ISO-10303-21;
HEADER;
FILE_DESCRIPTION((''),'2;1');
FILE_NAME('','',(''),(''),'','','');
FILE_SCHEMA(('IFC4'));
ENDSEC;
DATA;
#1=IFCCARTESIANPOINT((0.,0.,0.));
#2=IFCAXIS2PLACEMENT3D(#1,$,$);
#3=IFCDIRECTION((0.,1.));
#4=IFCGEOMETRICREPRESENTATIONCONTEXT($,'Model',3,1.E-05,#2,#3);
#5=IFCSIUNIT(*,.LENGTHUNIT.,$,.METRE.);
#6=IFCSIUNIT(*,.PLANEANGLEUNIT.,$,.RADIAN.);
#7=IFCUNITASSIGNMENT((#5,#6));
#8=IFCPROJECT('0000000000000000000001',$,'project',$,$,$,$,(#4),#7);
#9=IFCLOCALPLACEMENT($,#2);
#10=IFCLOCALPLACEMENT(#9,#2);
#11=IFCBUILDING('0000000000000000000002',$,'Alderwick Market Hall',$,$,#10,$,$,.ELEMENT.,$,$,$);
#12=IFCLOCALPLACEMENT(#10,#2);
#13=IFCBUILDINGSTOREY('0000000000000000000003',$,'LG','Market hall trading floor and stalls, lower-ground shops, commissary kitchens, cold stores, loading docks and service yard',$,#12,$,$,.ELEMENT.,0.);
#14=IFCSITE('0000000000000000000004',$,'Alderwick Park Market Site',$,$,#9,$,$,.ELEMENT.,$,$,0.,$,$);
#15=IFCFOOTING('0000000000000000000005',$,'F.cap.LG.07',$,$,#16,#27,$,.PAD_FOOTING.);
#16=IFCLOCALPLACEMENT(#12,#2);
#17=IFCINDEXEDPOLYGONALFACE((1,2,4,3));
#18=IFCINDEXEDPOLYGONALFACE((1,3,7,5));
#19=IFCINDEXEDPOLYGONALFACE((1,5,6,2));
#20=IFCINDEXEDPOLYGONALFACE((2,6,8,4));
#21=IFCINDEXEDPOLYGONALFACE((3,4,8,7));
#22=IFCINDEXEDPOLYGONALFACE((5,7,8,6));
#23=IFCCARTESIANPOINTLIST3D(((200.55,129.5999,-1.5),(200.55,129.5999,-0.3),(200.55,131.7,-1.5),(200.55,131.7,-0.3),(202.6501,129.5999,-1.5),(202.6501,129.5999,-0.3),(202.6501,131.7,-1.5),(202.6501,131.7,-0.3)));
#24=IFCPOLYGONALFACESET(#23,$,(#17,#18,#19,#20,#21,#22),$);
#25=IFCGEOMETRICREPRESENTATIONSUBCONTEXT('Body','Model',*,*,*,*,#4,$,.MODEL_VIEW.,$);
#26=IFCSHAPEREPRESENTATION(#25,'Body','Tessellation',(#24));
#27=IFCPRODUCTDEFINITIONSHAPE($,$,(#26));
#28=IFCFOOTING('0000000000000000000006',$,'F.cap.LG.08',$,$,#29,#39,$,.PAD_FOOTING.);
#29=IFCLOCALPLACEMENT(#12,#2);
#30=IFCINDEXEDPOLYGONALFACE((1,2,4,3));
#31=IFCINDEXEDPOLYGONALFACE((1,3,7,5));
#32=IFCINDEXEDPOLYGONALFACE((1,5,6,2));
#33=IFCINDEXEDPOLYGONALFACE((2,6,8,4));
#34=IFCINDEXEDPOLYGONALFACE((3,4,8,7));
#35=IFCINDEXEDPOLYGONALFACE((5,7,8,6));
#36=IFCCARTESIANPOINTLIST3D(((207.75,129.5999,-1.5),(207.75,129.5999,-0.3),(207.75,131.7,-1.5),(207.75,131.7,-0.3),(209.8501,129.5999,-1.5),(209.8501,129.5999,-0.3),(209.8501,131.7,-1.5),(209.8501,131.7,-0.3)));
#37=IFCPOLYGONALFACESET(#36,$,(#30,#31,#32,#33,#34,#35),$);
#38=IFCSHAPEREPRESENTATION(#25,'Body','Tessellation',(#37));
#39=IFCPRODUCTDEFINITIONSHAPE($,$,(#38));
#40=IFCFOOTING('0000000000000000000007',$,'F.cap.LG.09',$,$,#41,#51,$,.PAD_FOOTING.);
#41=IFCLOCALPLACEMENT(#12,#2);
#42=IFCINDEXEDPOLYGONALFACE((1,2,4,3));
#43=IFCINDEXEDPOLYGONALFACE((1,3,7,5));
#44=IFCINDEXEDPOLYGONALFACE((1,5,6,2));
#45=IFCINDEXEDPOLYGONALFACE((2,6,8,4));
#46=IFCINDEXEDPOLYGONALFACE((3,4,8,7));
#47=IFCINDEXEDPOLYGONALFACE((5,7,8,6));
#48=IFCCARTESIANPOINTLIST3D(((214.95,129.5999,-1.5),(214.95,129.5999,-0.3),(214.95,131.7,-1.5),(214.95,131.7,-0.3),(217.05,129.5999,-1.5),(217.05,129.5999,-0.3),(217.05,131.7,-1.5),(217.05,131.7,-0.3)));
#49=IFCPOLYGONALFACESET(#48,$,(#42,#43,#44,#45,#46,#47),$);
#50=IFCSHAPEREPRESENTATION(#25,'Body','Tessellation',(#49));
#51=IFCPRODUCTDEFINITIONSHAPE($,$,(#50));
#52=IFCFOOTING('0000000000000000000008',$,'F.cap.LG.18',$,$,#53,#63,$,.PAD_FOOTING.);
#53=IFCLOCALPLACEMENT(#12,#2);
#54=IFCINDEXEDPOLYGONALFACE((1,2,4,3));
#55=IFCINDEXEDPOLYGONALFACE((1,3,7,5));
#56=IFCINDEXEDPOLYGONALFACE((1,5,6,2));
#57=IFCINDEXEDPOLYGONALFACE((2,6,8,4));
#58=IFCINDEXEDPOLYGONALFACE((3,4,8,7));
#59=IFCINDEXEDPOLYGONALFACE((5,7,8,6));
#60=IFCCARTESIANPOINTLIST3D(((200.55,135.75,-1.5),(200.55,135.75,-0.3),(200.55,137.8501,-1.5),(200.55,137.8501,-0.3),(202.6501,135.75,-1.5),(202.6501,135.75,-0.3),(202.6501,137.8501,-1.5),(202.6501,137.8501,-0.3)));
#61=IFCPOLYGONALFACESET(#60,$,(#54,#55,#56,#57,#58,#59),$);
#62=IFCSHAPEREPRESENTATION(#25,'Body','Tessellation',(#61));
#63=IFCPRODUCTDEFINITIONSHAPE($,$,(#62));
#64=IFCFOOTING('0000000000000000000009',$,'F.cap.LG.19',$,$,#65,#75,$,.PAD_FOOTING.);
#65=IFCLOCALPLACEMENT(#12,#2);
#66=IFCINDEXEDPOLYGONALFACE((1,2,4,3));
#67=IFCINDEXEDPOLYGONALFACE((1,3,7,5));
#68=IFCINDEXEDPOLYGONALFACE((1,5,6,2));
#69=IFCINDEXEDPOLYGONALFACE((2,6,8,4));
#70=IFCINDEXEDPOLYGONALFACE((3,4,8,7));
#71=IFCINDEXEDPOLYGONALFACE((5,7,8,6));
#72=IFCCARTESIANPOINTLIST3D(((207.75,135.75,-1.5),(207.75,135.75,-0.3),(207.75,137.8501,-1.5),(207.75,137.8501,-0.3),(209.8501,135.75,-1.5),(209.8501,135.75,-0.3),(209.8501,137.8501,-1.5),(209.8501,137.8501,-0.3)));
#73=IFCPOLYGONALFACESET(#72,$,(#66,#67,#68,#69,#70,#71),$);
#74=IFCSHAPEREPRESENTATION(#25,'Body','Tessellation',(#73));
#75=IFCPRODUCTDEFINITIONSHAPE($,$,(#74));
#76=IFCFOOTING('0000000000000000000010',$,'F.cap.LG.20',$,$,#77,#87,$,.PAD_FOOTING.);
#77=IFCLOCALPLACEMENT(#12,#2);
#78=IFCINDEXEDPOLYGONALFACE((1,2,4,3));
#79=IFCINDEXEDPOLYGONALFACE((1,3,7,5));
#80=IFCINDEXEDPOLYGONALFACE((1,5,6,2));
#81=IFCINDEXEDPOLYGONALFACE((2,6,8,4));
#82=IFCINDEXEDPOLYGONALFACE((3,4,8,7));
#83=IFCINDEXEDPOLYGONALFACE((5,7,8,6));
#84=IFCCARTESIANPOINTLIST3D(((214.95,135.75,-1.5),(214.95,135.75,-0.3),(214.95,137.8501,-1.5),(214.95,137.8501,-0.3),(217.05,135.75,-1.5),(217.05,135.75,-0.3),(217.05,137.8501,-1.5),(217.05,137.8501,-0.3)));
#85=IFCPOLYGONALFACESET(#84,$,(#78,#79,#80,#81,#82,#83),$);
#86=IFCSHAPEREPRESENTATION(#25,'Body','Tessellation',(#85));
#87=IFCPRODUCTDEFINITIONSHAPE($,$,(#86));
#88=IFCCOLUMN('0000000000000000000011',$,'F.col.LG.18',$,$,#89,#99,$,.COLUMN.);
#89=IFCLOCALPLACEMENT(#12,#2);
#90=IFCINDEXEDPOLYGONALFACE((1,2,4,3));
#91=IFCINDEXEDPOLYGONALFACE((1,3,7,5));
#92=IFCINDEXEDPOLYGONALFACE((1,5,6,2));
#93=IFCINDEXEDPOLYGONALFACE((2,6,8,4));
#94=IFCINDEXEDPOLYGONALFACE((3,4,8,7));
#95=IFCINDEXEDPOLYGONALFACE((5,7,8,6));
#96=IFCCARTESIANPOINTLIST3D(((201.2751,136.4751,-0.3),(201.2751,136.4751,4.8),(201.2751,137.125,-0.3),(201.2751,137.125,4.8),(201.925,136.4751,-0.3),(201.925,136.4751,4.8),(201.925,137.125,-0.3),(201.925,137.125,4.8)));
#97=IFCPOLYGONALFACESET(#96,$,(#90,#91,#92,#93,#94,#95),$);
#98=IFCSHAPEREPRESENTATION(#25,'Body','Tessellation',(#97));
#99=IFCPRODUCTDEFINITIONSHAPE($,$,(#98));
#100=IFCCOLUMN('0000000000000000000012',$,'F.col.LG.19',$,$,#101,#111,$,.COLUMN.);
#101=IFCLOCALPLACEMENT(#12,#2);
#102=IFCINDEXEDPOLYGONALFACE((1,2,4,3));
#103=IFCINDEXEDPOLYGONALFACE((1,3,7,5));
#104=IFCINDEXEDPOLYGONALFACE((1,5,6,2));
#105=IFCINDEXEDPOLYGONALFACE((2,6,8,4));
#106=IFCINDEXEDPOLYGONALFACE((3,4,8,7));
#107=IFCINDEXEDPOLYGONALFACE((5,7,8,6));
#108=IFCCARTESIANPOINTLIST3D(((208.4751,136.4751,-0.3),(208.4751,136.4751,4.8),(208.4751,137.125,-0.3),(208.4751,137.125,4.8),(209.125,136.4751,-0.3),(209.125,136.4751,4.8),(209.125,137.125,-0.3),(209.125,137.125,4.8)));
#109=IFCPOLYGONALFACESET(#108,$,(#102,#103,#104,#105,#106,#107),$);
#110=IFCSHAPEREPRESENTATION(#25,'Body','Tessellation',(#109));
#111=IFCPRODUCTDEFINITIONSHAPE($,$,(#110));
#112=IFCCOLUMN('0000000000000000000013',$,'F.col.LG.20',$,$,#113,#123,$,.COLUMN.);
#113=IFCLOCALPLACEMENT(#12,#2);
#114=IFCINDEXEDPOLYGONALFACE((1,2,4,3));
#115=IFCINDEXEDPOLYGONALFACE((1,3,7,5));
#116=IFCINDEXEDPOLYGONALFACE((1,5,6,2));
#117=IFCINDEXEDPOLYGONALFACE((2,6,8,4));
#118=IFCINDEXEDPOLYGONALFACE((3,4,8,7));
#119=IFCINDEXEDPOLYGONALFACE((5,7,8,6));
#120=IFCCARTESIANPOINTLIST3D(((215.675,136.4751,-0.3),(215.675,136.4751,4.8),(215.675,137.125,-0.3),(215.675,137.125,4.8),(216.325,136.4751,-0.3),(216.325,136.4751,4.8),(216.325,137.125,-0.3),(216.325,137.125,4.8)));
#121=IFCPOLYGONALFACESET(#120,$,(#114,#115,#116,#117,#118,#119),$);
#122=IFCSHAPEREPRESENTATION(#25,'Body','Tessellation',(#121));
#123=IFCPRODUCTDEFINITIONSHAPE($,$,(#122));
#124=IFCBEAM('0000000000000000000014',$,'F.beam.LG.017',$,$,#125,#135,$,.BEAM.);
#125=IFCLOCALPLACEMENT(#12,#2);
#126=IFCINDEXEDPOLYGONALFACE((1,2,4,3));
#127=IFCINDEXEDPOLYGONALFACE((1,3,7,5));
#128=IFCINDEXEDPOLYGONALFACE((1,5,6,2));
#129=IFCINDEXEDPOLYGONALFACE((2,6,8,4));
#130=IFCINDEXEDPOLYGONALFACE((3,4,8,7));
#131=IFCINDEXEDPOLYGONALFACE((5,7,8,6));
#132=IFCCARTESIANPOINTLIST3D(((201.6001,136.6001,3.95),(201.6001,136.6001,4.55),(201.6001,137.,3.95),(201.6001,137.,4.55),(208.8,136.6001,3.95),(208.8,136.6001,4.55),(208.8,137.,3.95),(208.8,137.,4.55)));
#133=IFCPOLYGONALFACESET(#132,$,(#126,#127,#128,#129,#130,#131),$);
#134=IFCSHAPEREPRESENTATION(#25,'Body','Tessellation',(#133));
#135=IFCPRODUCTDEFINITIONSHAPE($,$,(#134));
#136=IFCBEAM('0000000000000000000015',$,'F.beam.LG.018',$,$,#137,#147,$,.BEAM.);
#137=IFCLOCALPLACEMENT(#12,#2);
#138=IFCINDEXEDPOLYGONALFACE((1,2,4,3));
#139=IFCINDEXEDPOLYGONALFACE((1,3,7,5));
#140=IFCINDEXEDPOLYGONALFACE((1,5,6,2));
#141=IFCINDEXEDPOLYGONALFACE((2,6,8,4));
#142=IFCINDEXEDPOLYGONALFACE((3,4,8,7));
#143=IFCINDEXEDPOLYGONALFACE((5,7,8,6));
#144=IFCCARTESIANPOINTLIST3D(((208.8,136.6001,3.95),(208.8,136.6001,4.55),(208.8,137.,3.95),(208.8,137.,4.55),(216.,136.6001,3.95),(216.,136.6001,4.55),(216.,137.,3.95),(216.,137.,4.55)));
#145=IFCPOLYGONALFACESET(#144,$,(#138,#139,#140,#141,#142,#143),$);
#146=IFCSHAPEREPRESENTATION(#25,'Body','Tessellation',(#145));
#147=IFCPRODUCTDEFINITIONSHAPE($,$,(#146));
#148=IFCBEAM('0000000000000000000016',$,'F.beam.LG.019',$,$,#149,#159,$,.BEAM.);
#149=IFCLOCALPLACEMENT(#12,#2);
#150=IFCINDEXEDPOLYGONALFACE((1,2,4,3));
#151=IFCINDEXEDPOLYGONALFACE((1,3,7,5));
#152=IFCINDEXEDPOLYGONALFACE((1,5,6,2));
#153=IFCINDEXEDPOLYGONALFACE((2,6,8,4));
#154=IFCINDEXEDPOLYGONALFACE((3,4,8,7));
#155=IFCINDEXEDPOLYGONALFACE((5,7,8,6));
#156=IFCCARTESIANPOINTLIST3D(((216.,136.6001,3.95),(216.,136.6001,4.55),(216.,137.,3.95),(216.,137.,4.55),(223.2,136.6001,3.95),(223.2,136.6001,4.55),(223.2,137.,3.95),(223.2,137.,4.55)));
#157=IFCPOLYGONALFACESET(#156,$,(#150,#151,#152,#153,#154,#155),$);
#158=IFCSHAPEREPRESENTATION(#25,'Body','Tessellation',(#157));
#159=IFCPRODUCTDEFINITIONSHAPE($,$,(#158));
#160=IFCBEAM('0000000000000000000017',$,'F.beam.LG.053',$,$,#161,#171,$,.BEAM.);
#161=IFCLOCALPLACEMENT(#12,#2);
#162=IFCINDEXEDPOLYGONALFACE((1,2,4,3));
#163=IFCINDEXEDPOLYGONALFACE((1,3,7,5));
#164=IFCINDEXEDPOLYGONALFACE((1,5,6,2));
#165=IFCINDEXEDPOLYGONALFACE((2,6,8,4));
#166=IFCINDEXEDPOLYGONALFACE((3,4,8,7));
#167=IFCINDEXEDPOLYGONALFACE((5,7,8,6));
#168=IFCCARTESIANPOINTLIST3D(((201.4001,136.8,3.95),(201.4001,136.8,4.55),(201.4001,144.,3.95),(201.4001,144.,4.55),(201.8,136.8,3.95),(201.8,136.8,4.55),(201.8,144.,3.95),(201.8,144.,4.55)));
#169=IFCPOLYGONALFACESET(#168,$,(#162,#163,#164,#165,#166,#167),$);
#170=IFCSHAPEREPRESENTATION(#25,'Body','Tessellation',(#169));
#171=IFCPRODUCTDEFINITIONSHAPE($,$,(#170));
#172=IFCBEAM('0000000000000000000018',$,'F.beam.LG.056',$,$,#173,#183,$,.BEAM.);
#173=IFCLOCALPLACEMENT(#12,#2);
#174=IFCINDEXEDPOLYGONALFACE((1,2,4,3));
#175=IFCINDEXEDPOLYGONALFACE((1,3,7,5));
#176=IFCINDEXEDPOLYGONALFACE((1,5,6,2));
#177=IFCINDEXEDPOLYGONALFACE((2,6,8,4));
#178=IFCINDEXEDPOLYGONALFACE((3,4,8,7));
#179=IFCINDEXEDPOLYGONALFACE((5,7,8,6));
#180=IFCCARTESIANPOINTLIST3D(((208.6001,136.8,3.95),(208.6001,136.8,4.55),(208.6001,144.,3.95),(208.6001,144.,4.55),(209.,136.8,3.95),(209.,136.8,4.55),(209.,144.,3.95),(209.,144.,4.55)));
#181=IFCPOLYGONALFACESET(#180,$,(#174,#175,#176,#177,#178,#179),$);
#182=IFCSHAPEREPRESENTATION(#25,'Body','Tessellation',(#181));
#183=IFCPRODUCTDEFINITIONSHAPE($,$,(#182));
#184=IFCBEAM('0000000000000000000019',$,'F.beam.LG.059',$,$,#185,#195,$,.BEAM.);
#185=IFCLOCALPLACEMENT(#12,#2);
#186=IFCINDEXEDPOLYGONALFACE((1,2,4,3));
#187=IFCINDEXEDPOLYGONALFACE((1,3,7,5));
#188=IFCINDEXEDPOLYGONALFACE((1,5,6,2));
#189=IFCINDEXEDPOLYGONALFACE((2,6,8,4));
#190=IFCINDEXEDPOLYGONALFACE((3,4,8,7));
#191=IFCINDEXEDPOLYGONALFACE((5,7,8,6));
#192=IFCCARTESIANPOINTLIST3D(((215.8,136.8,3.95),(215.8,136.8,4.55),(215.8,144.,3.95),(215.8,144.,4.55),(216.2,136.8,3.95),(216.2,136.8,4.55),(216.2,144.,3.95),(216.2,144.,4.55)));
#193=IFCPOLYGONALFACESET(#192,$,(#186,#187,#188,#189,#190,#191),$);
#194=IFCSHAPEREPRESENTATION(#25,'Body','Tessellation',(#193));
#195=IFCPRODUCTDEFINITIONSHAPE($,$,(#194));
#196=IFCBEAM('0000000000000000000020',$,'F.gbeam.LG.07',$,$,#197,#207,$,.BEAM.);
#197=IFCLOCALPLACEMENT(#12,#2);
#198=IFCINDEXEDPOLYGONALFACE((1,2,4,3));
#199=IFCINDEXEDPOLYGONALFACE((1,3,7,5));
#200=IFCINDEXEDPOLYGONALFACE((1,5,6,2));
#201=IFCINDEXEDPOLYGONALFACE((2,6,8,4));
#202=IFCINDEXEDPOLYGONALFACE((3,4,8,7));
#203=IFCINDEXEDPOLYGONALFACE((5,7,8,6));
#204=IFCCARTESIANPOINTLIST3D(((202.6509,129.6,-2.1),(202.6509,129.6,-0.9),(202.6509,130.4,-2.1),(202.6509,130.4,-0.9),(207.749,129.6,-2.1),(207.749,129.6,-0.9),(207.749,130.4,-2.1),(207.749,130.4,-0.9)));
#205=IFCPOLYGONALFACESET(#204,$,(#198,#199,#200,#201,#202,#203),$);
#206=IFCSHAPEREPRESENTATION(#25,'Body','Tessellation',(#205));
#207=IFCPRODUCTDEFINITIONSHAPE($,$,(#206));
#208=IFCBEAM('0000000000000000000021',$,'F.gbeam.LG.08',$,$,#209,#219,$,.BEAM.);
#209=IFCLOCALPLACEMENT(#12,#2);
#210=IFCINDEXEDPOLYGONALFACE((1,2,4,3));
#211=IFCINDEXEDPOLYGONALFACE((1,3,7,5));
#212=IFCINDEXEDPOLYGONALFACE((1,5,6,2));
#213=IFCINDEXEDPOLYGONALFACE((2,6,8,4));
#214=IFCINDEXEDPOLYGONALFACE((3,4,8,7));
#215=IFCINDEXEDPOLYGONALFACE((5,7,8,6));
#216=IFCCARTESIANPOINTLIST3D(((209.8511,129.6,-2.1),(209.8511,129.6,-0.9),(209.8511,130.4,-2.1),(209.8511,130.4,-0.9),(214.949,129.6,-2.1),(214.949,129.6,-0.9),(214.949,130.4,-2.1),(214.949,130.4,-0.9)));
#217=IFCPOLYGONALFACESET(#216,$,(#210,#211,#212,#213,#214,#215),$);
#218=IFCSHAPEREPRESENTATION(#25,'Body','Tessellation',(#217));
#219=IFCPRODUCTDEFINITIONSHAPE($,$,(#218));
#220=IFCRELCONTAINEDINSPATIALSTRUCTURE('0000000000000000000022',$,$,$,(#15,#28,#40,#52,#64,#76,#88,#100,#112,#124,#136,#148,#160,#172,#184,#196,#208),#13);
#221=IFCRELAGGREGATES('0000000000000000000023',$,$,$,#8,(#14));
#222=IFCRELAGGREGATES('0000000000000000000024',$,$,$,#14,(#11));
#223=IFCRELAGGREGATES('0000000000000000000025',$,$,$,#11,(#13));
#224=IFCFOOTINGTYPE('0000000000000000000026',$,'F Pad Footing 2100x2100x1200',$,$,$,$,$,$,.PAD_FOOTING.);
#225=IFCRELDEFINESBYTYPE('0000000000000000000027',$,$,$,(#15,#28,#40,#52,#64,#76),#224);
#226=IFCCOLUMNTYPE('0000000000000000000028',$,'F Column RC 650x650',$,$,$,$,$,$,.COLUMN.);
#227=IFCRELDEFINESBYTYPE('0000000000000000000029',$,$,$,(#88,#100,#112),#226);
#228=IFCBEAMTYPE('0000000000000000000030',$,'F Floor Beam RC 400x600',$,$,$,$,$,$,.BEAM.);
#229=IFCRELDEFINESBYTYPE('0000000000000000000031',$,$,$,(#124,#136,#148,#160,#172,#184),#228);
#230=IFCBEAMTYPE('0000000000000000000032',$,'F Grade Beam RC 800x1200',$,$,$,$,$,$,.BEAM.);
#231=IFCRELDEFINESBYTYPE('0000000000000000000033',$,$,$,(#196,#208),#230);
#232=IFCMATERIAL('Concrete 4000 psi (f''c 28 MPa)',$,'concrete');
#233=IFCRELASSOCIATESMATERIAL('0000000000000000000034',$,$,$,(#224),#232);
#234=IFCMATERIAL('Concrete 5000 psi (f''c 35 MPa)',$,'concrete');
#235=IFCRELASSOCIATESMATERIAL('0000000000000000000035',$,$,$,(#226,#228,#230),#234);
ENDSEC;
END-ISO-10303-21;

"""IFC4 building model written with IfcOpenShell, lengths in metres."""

from ifc_helpers import new_model, si_unit, direction, frame, origin, origin_2d, place, context, subcontext, project, spatial, rectangle, extrude, material, material_profile, profile_set, type_object, element, save


model = new_model("IFC4")

# Units and contexts
model_context = context("Model", 3, precision=1e-05, world=origin(), true_north=direction((0.0, 1.0)))
body_context = subcontext(model_context, "Body", "Model", "MODEL_VIEW")
ifc_project = project(units=[si_unit("LENGTHUNIT", "METRE"), si_unit("PLANEANGLEUNIT", "RADIAN")], contexts=[model_context])

# Site, building, storey
site_placement = place(None, origin())
site = spatial("IfcSite", under=ifc_project, at=site_placement, Name="Alderwick Park Market Site", CompositionType="ELEMENT", RefElevation=0.0)
building_placement = place(site_placement, origin())
building = spatial("IfcBuilding", under=site, at=building_placement, Name="Alderwick Market Hall", CompositionType="ELEMENT")
storey_placement = place(building_placement, origin())
storey = spatial("IfcBuildingStorey", under=building, at=storey_placement, Name="LG", Description="Market hall trading floor and stalls, lower-ground shops, commissary kitchens, cold stores, loading docks and service yard", CompositionType="ELEMENT", Elevation=0.0)

# Footings
ifc_material_1 = material(Name="Concrete 4000 psi (f'c 28 MPa)", Category="concrete")
footing_type = type_object("IfcFootingType", Name="F Pad Footing 2100x2100x1200", PredefinedType="PAD_FOOTING", material=ifc_material_1)
for number, where, z_axis, x_axis, name in (
    (1, (201.6001, 130.6499, -1.5), (0.0, 0.0, 1.0), (1.0, 0.0, 0.0), "F.cap.LG.07"),
    (2, (208.8, 130.6499, -1.5), (0.0, 0.0, 1.0), (1.0, 0.0, 0.0), "F.cap.LG.08"),
    (3, (216.0, 130.6499, -1.5), (0.0, 0.0, 1.0), (1.0, 0.0, 0.0), "F.cap.LG.09"),
    (4, (201.6001, 136.8, -1.5), (0.0, 0.0, 1.0), (1.0, 0.0, 0.0), "F.cap.LG.18"),
    (5, (208.8, 136.8, -1.5), (0.0, 0.0, 1.0), (1.0, 0.0, 0.0), "F.cap.LG.19"),
    (6, (216.0, 136.8, -1.5), (0.0, 0.0, 1.0), (1.0, 0.0, 0.0), "F.cap.LG.20"),
):
    element("IfcFooting", number, at=place(storey_placement, frame(where, z_axis=z_axis, x_axis=x_axis)), inside=storey, type_object=footing_type, Name=name, PredefinedType="PAD_FOOTING", context=body_context, shape_type="SweptSolid", body=[
        extrude(rectangle(XDim=2.1001, YDim=2.1001, at=origin_2d()), origin(), (0.0, 0.0, 1.0), 1.2),
    ])

# Columns
ifc_material_2 = material(Name="Concrete 5000 psi (f'c 35 MPa)", Category="concrete")
ifc_material_profile_1 = material_profile(ifc_material_2, rectangle(XDim=0.6499, YDim=0.6499, at=origin_2d()), Name="RC 650x650")
ifc_profile_set_1 = profile_set([ifc_material_profile_1], Name="Concrete 5000 psi (f'c 35 MPa)")
column_type = type_object("IfcColumnType", Name="F Column RC 650x650", PredefinedType="COLUMN", material=ifc_profile_set_1)
for number, where, z_axis, x_axis, name in (
    (7, (201.6001, 136.8, -0.3), (0.0, 0.0, 1.0), (1.0, 0.0, 0.0), "F.col.LG.18"),
    (8, (208.8, 136.8, -0.3), (0.0, 0.0, 1.0), (1.0, 0.0, 0.0), "F.col.LG.19"),
    (9, (216.0, 136.8, -0.3), (0.0, 0.0, 1.0), (1.0, 0.0, 0.0), "F.col.LG.20"),
):
    element("IfcColumn", number, at=place(storey_placement, frame(where, z_axis=z_axis, x_axis=x_axis)), inside=storey, type_object=column_type, Name=name, PredefinedType="COLUMN", context=body_context, shape_type="SweptSolid", body=[
        extrude(rectangle(XDim=0.6499, YDim=0.6499, at=origin_2d()), origin(), (0.0, 0.0, 1.0), 5.1001),
    ])

# Beams
ifc_material_profile_2 = material_profile(ifc_material_2, rectangle(XDim=0.3999, YDim=0.6001, at=origin_2d()), Name="RC 400x600")
ifc_profile_set_2 = profile_set([ifc_material_profile_2], Name="Concrete 5000 psi (f'c 35 MPa)")
beam_type_1 = type_object("IfcBeamType", Name="F Floor Beam RC 400x600", PredefinedType="BEAM", material=ifc_profile_set_2)
for number, where, z_axis, x_axis, name in (
    (10, (201.6001, 136.8, 4.25), (1.0, 0.0, 0.0), (0.0, 1.0, 0.0), "F.beam.LG.017"),
    (11, (208.8, 136.8, 4.25), (1.0, 0.0, 0.0), (0.0, 1.0, 0.0), "F.beam.LG.018"),
    (12, (216.0, 136.8, 4.25), (1.0, 0.0, 0.0), (0.0, 1.0, 0.0), "F.beam.LG.019"),
    (13, (201.6001, 136.8, 4.25), (0.0, 1.0, 0.0), (-1.0, 0.0, 0.0), "F.beam.LG.053"),
    (14, (208.8, 136.8, 4.25), (0.0, 1.0, 0.0), (-1.0, 0.0, 0.0), "F.beam.LG.056"),
    (15, (216.0, 136.8, 4.25), (0.0, 1.0, 0.0), (-1.0, 0.0, 0.0), "F.beam.LG.059"),
):
    element("IfcBeam", number, at=place(storey_placement, frame(where, z_axis=z_axis, x_axis=x_axis)), inside=storey, type_object=beam_type_1, Name=name, PredefinedType="BEAM", context=body_context, shape_type="SweptSolid", body=[
        extrude(rectangle(XDim=0.3999, YDim=0.6001, at=origin_2d()), origin(), (0.0, 0.0, 1.0), 7.2),
    ])
ifc_material_profile_3 = material_profile(ifc_material_2, rectangle(XDim=0.8, YDim=1.2, at=origin_2d()), Name="RC 800x1200")
ifc_profile_set_3 = profile_set([ifc_material_profile_3], Name="Concrete 5000 psi (f'c 35 MPa)")
beam_type_2 = type_object("IfcBeamType", Name="F Grade Beam RC 800x1200", PredefinedType="BEAM", material=ifc_profile_set_3)
beam_1_placement = place(storey_placement, frame((202.6509, 130.0, -1.5), z_axis=(1.0, 0.0, 0.0), x_axis=(0.0, 1.0, 0.0)))
element("IfcBeam", 16, at=beam_1_placement, inside=storey, type_object=beam_type_2, Name="F.gbeam.LG.07", PredefinedType="BEAM", context=body_context, shape_type="SweptSolid", body=[
    extrude(rectangle(XDim=0.8, YDim=1.2, at=origin_2d()), origin(), (0.0, 0.0, 1.0), 5.0981),
])
beam_2_placement = place(storey_placement, frame((209.8511, 130.0, -1.5), z_axis=(1.0, 0.0, 0.0), x_axis=(0.0, 1.0, 0.0)))
element("IfcBeam", 17, at=beam_2_placement, inside=storey, type_object=beam_type_2, Name="F.gbeam.LG.08", PredefinedType="BEAM", context=body_context, shape_type="SweptSolid", body=[
    extrude(rectangle(XDim=0.8, YDim=1.2, at=origin_2d()), origin(), (0.0, 0.0, 1.0), 5.0979),
])

save(model, "model.ifc")
